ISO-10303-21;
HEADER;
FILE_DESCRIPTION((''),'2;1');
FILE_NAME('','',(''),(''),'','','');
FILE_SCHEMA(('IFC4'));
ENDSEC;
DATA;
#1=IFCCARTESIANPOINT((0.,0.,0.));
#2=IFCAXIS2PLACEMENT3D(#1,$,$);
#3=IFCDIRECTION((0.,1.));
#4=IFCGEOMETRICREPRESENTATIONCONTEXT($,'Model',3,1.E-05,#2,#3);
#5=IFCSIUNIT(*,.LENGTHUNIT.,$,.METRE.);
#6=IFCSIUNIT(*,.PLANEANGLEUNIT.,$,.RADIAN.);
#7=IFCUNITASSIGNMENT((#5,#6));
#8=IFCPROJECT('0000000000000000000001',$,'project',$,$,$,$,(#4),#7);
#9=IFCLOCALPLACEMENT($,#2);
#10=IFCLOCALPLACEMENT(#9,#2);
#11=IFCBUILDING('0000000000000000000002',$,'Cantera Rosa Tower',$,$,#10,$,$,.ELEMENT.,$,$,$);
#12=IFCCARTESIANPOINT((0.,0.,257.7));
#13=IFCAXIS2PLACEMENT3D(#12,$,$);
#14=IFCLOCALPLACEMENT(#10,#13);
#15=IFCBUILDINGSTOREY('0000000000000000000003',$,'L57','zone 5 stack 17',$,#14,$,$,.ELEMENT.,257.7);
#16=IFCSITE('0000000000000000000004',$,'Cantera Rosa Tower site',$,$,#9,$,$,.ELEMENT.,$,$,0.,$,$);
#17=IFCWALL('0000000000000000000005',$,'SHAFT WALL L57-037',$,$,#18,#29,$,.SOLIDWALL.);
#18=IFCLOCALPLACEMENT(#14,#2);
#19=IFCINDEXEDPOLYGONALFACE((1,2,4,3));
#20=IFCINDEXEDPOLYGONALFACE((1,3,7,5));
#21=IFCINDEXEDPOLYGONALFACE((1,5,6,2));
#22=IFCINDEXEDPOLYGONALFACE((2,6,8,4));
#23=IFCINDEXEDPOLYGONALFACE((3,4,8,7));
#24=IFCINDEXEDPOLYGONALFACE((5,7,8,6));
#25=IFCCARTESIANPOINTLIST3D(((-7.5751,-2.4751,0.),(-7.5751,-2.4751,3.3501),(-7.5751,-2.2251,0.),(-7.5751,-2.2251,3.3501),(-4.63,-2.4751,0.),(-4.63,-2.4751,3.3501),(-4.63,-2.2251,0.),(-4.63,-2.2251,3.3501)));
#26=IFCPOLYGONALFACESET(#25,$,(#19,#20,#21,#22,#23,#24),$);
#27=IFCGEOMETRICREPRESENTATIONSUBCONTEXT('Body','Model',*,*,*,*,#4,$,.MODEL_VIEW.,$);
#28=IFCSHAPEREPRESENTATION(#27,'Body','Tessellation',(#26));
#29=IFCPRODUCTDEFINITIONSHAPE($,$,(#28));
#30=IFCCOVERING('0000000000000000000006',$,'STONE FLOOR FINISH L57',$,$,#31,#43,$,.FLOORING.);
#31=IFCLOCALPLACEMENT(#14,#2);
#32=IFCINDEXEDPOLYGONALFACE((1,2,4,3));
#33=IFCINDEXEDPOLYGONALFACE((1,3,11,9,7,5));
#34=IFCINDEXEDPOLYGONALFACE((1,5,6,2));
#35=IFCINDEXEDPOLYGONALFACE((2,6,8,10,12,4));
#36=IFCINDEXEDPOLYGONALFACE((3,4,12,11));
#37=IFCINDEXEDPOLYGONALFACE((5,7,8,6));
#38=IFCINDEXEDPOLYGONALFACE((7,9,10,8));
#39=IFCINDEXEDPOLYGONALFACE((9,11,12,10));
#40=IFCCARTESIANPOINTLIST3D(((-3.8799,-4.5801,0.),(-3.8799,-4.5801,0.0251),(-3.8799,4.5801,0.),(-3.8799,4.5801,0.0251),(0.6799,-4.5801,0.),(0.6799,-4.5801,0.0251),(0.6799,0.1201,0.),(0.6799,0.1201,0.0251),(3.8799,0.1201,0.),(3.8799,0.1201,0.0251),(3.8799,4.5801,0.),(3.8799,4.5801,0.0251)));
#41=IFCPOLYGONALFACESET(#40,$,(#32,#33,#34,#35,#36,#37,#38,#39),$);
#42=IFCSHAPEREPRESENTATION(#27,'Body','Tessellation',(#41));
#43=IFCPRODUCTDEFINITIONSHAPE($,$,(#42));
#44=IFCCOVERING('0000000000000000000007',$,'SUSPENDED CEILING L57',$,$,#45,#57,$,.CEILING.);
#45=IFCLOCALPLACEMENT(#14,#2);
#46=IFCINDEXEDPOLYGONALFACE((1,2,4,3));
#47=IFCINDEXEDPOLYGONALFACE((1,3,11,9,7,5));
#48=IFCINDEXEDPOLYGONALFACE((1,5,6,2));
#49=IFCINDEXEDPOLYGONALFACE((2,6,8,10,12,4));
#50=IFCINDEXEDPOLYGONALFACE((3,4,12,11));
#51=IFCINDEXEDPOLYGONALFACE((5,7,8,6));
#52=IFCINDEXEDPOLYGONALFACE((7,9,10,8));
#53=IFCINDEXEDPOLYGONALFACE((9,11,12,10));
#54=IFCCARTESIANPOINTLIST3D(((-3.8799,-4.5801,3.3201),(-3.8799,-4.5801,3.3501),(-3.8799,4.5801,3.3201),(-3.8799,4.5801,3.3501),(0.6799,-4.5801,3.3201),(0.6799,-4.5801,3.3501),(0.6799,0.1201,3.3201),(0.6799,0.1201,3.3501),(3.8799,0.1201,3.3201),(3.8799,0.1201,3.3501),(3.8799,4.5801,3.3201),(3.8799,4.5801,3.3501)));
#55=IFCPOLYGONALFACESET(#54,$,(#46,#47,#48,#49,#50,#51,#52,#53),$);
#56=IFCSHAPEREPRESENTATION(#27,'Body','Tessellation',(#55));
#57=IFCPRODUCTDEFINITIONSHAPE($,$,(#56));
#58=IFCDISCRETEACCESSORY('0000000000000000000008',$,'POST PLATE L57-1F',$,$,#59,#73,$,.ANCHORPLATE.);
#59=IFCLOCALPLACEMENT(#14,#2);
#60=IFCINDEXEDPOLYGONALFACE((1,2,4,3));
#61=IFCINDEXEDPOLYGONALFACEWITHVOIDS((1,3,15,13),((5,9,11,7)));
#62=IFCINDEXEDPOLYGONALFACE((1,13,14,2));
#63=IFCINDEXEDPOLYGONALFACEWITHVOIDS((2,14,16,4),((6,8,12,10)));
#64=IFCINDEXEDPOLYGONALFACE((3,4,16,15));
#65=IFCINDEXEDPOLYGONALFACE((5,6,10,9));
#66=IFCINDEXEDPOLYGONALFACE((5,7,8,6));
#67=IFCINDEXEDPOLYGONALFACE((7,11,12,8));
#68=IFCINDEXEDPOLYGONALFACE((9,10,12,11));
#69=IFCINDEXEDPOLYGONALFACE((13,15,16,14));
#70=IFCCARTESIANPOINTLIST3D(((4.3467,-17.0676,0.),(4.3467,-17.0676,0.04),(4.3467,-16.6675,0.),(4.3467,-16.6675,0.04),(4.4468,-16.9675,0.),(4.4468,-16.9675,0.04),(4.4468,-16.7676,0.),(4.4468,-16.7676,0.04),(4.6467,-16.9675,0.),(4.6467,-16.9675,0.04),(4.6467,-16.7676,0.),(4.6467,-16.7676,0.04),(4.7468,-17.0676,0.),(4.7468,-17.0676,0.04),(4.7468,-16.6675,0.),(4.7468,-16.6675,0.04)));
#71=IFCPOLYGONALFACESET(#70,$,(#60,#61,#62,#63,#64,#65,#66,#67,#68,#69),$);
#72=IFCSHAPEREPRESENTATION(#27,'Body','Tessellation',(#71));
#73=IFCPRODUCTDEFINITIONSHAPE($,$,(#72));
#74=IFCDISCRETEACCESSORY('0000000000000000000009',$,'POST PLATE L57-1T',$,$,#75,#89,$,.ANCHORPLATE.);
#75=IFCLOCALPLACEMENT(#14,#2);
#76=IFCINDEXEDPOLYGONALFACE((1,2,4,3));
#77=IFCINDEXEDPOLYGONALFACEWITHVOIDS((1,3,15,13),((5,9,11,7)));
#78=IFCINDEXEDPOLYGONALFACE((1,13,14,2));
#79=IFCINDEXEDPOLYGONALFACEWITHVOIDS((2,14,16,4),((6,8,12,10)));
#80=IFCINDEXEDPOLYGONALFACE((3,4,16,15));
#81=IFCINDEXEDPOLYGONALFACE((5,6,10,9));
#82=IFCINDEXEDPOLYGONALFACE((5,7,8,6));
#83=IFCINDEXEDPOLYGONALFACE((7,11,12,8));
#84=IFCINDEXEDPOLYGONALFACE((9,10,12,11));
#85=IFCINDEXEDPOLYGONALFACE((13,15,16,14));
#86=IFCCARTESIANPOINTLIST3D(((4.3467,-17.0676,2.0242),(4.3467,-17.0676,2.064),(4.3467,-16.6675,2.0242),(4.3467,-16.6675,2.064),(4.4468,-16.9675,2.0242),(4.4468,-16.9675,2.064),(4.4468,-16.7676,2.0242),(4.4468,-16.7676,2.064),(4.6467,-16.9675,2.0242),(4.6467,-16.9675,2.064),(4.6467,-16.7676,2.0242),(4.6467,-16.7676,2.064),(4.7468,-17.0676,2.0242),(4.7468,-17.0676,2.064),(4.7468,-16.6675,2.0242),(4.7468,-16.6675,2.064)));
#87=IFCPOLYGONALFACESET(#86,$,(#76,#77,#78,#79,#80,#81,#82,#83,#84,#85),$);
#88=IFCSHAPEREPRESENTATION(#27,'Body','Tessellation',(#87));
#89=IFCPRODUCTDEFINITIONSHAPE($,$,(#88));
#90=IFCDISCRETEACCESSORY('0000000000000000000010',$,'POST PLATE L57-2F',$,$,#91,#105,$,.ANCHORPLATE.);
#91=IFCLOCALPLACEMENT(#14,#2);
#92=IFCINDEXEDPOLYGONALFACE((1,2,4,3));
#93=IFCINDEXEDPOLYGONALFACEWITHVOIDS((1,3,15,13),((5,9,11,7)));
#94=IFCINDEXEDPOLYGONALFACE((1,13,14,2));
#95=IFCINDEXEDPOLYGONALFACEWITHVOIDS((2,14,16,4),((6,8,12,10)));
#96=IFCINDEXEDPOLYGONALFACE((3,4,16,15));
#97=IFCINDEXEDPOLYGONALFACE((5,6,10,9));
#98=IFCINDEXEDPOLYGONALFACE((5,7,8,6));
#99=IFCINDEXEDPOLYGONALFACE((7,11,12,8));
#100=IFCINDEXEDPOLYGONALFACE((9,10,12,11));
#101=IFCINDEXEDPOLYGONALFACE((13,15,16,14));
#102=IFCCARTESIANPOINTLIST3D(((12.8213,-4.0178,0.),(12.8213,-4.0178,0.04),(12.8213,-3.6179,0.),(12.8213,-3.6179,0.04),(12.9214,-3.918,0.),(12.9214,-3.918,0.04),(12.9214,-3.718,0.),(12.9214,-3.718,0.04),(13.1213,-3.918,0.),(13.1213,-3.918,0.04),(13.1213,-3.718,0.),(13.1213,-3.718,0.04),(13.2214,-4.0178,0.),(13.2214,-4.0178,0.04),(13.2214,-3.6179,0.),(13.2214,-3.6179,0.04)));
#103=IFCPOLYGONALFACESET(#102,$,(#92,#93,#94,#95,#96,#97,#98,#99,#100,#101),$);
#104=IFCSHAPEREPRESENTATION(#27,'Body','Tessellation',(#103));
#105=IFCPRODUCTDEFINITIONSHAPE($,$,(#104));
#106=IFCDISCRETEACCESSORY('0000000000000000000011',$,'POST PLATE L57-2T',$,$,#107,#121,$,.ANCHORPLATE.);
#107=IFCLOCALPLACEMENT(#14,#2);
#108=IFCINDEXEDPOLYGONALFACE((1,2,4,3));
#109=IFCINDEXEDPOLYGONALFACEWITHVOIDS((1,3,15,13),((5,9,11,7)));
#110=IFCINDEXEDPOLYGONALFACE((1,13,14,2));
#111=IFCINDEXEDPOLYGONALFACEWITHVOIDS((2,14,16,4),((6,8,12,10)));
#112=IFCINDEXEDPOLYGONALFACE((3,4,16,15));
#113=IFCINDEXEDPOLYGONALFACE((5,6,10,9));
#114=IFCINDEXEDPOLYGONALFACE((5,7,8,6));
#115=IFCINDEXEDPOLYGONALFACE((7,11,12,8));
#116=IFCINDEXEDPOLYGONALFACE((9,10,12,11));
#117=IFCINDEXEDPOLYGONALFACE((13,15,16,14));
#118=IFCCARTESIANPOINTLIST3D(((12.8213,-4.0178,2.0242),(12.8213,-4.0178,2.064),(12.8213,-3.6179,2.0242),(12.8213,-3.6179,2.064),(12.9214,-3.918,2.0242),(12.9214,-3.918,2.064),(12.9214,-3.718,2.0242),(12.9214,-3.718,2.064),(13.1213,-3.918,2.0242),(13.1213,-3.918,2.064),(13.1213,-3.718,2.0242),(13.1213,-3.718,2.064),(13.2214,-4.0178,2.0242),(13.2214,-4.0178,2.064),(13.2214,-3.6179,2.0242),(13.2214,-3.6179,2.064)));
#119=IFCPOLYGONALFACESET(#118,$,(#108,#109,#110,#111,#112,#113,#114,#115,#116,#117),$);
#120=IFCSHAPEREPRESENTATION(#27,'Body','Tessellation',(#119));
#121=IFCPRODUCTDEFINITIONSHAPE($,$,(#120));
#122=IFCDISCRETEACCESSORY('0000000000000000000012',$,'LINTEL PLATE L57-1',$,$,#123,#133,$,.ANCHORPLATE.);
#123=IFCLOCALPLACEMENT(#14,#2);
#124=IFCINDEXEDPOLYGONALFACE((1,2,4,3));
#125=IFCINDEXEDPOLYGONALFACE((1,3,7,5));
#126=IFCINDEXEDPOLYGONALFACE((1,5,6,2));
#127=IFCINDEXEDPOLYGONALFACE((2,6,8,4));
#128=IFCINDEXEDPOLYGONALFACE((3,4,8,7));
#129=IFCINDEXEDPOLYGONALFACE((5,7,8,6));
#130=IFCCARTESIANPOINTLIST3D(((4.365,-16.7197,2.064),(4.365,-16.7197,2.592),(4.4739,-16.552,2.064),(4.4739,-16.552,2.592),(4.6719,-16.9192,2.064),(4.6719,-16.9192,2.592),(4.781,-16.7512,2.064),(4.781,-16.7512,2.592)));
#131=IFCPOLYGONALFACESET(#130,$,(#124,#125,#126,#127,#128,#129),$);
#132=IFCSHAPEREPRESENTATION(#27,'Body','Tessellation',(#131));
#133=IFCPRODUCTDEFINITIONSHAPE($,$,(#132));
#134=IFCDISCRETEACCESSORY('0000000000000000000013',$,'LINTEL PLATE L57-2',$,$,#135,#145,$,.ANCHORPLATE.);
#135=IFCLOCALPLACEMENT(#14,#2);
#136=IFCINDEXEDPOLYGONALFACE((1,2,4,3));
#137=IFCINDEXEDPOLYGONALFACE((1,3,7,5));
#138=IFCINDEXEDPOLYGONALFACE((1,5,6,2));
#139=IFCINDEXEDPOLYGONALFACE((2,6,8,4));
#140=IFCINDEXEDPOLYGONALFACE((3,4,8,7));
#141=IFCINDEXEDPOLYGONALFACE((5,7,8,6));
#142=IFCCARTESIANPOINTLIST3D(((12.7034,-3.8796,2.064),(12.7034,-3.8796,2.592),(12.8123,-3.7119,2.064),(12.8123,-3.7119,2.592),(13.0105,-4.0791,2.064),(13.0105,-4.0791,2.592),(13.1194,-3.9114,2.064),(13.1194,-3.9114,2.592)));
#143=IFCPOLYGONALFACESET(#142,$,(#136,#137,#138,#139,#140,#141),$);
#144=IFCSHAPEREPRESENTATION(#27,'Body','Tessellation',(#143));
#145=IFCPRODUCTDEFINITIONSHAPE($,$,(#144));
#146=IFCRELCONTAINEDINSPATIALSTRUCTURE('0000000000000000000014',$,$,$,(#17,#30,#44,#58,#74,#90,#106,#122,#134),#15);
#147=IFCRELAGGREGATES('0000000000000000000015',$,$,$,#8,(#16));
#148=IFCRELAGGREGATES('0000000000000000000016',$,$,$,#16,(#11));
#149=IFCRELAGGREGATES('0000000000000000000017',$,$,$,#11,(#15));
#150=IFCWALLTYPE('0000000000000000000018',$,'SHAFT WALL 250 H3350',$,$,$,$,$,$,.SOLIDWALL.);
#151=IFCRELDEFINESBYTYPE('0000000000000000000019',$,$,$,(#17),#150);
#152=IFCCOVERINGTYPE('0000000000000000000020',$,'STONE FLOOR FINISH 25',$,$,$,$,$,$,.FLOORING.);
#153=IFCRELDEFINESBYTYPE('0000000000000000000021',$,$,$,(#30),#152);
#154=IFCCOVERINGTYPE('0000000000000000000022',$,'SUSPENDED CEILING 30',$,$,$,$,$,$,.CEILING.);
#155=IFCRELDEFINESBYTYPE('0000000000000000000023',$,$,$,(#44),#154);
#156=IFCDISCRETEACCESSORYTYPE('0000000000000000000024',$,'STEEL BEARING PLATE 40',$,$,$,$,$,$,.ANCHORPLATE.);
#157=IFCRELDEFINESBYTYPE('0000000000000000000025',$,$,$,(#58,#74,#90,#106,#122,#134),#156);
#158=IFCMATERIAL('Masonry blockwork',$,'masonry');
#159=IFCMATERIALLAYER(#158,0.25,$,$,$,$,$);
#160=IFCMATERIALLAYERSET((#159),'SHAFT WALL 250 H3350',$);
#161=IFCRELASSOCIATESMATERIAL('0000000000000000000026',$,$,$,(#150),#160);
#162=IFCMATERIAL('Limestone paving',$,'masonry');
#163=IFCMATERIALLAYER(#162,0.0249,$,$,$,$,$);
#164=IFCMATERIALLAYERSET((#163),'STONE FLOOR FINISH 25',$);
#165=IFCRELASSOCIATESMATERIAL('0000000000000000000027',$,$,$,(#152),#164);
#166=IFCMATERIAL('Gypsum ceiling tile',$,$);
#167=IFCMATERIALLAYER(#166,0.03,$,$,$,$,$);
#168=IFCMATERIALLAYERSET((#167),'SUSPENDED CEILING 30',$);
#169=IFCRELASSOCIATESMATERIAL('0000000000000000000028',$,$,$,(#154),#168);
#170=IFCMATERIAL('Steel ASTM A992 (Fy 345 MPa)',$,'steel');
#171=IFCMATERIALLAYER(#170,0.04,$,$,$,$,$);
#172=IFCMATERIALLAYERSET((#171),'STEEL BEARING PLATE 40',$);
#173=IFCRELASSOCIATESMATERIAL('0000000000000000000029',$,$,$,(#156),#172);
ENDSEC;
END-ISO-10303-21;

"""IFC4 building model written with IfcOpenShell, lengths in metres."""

from ifc_helpers import new_model, si_unit, direction, frame, frame_2d, origin, place, context, subcontext, project, spatial, polyline, rectangle, outline, extrude, material, layer, layer_set, type_object, element, save


model = new_model("IFC4")

# Units and contexts
model_context = context("Model", 3, precision=1e-05, world=origin(), true_north=direction((0.0, 1.0)))
body_context = subcontext(model_context, "Body", "Model", "MODEL_VIEW")
ifc_project = project(units=[si_unit("LENGTHUNIT", "METRE"), si_unit("PLANEANGLEUNIT", "RADIAN")], contexts=[model_context])

# Site, building, storey
site_placement = place(None, origin())
site = spatial("IfcSite", under=ifc_project, at=site_placement, Name="Cantera Rosa Tower site", CompositionType="ELEMENT", RefElevation=0.0)
building_placement = place(site_placement, origin())
building = spatial("IfcBuilding", under=site, at=building_placement, Name="Cantera Rosa Tower", CompositionType="ELEMENT")
storey_placement = place(building_placement, frame((0.0, 0.0, 257.7)))
storey = spatial("IfcBuildingStorey", under=building, at=storey_placement, Name="L57", Description="zone 5 stack 17", CompositionType="ELEMENT", Elevation=257.7)

# Wall
ifc_material_1 = material(Name="Masonry blockwork", Category="masonry")
ifc_layer_1 = layer(ifc_material_1, 0.25)
ifc_layer_set_1 = layer_set([ifc_layer_1], Name="SHAFT WALL 250 H3350")
wall_type_1 = type_object("IfcWallType", Name="SHAFT WALL 250 H3350", PredefinedType="SOLIDWALL", material=ifc_layer_set_1)
wall_1_placement = place(storey_placement, frame((-4.6299, -2.3501, 0.0), z_axis=(0.0, 0.0, 1.0), x_axis=(-1.0, 0.0, 0.0)))
element("IfcWall", 1, at=wall_1_placement, inside=storey, type_object=wall_type_1, Name="SHAFT WALL L57-037", PredefinedType="SOLIDWALL", context=body_context, shape_type="SweptSolid", body=[
    extrude(rectangle(XDim=2.9451, YDim=0.25, at=frame_2d((1.4727, 0.0))), origin(), (0.0, 0.0, 1.0), 3.3501),
])

# Coverings
ifc_material_2 = material(Name="Limestone paving", Category="masonry")
ifc_layer_2 = layer(ifc_material_2, 0.0249)
ifc_layer_set_2 = layer_set([ifc_layer_2], Name="STONE FLOOR FINISH 25")
covering_type_1 = type_object("IfcCoveringType", Name="STONE FLOOR FINISH 25", PredefinedType="FLOORING", material=ifc_layer_set_2)
covering_1_placement = place(storey_placement, origin())
element("IfcCovering", 2, at=covering_1_placement, inside=storey, type_object=covering_type_1, Name="STONE FLOOR FINISH L57", PredefinedType="FLOORING", context=body_context, shape_type="SweptSolid", body=[
    extrude(outline(polyline([(3.8799, 4.5801), (3.8799, 0.1201), (0.6799, 0.1201), (0.6799, -4.5801), (-3.8799, -4.5801), (-3.8799, 4.5801), (3.8799, 4.5801)])), origin(), (0.0, 0.0, 1.0), 0.0251),
])
ifc_material_3 = material(Name="Gypsum ceiling tile")
ifc_layer_3 = layer(ifc_material_3, 0.03)
ifc_layer_set_3 = layer_set([ifc_layer_3], Name="SUSPENDED CEILING 30")
covering_type_2 = type_object("IfcCoveringType", Name="SUSPENDED CEILING 30", PredefinedType="CEILING", material=ifc_layer_set_3)
covering_2_placement = place(storey_placement, frame((0.0, 0.0, 3.3201)))
element("IfcCovering", 3, at=covering_2_placement, inside=storey, type_object=covering_type_2, Name="SUSPENDED CEILING L57", PredefinedType="CEILING", context=body_context, shape_type="SweptSolid", body=[
    extrude(outline(polyline([(3.8799, 4.5801), (3.8799, 0.1201), (0.6799, 0.1201), (0.6799, -4.5801), (-3.8799, -4.5801), (-3.8799, 4.5801), (3.8799, 4.5801)])), origin(), (0.0, 0.0, 1.0), 0.03),
])

# Discrete accessories
ifc_material_4 = material(Name="Steel ASTM A992 (Fy 345 MPa)", Category="steel")
ifc_layer_4 = layer(ifc_material_4, 0.04)
ifc_layer_set_4 = layer_set([ifc_layer_4], Name="STEEL BEARING PLATE 40")
discrete_accessory_type = type_object("IfcDiscreteAccessoryType", Name="STEEL BEARING PLATE 40", PredefinedType="ANCHORPLATE", material=ifc_layer_set_4)
discrete_accessory_1_placement = place(storey_placement, origin())
element("IfcDiscreteAccessory", 4, at=discrete_accessory_1_placement, inside=storey, type_object=discrete_accessory_type, Name="POST PLATE L57-1F", PredefinedType="ANCHORPLATE", context=body_context, shape_type="SweptSolid", body=[
    extrude(outline(polyline([(4.3467, -17.0676), (4.7468, -17.0676), (4.7468, -16.6675), (4.3467, -16.6675), (4.3467, -17.0676)]), holes=[polyline([(4.4468, -16.9675), (4.6467, -16.9675), (4.6467, -16.7676), (4.4468, -16.7676), (4.4468, -16.9675)])]), origin(), (0.0, 0.0, 1.0), 0.04),
])
discrete_accessory_2_placement = place(storey_placement, frame((0.0, 0.0, 2.0242)))
element("IfcDiscreteAccessory", 5, at=discrete_accessory_2_placement, inside=storey, type_object=discrete_accessory_type, Name="POST PLATE L57-1T", PredefinedType="ANCHORPLATE", context=body_context, shape_type="SweptSolid", body=[
    extrude(outline(polyline([(4.3467, -17.0676), (4.7468, -17.0676), (4.7468, -16.6675), (4.3467, -16.6675), (4.3467, -17.0676)]), holes=[polyline([(4.4468, -16.9675), (4.6467, -16.9675), (4.6467, -16.7676), (4.4468, -16.7676), (4.4468, -16.9675)])]), origin(), (0.0, 0.0, 1.0), 0.0398),
])
discrete_accessory_3_placement = place(storey_placement, origin())
element("IfcDiscreteAccessory", 6, at=discrete_accessory_3_placement, inside=storey, type_object=discrete_accessory_type, Name="POST PLATE L57-2F", PredefinedType="ANCHORPLATE", context=body_context, shape_type="SweptSolid", body=[
    extrude(outline(polyline([(12.8213, -4.0178), (13.2214, -4.0178), (13.2214, -3.6179), (12.8213, -3.6179), (12.8213, -4.0178)]), holes=[polyline([(12.9214, -3.918), (13.1213, -3.918), (13.1213, -3.718), (12.9214, -3.718), (12.9214, -3.918)])]), origin(), (0.0, 0.0, 1.0), 0.04),
])
discrete_accessory_4_placement = place(storey_placement, frame((0.0, 0.0, 2.0242)))
element("IfcDiscreteAccessory", 7, at=discrete_accessory_4_placement, inside=storey, type_object=discrete_accessory_type, Name="POST PLATE L57-2T", PredefinedType="ANCHORPLATE", context=body_context, shape_type="SweptSolid", body=[
    extrude(outline(polyline([(12.8213, -4.0178), (13.2214, -4.0178), (13.2214, -3.6179), (12.8213, -3.6179), (12.8213, -4.0178)]), holes=[polyline([(12.9214, -3.918), (13.1213, -3.918), (13.1213, -3.718), (12.9214, -3.718), (12.9214, -3.918)])]), origin(), (0.0, 0.0, 1.0), 0.0398),
])
discrete_accessory_5_placement = place(storey_placement, frame((0.0, 0.0, 2.064)))
element("IfcDiscreteAccessory", 8, at=discrete_accessory_5_placement, inside=storey, type_object=discrete_accessory_type, Name="LINTEL PLATE L57-1", PredefinedType="ANCHORPLATE", context=body_context, shape_type="SweptSolid", body=[
    extrude(outline(polyline([(4.4739, -16.552), (4.365, -16.7197), (4.6719, -16.9192), (4.781, -16.7512), (4.4739, -16.552)])), origin(), (0.0, 0.0, 1.0), 0.5281),
])
discrete_accessory_6_placement = place(storey_placement, frame((0.0, 0.0, 2.064)))
element("IfcDiscreteAccessory", 9, at=discrete_accessory_6_placement, inside=storey, type_object=discrete_accessory_type, Name="LINTEL PLATE L57-2", PredefinedType="ANCHORPLATE", context=body_context, shape_type="SweptSolid", body=[
    extrude(outline(polyline([(13.0105, -4.0791), (13.1194, -3.9114), (12.8123, -3.7119), (12.7034, -3.8796), (13.0105, -4.0791)])), origin(), (0.0, 0.0, 1.0), 0.5281),
])

save(model, "model.ifc")
